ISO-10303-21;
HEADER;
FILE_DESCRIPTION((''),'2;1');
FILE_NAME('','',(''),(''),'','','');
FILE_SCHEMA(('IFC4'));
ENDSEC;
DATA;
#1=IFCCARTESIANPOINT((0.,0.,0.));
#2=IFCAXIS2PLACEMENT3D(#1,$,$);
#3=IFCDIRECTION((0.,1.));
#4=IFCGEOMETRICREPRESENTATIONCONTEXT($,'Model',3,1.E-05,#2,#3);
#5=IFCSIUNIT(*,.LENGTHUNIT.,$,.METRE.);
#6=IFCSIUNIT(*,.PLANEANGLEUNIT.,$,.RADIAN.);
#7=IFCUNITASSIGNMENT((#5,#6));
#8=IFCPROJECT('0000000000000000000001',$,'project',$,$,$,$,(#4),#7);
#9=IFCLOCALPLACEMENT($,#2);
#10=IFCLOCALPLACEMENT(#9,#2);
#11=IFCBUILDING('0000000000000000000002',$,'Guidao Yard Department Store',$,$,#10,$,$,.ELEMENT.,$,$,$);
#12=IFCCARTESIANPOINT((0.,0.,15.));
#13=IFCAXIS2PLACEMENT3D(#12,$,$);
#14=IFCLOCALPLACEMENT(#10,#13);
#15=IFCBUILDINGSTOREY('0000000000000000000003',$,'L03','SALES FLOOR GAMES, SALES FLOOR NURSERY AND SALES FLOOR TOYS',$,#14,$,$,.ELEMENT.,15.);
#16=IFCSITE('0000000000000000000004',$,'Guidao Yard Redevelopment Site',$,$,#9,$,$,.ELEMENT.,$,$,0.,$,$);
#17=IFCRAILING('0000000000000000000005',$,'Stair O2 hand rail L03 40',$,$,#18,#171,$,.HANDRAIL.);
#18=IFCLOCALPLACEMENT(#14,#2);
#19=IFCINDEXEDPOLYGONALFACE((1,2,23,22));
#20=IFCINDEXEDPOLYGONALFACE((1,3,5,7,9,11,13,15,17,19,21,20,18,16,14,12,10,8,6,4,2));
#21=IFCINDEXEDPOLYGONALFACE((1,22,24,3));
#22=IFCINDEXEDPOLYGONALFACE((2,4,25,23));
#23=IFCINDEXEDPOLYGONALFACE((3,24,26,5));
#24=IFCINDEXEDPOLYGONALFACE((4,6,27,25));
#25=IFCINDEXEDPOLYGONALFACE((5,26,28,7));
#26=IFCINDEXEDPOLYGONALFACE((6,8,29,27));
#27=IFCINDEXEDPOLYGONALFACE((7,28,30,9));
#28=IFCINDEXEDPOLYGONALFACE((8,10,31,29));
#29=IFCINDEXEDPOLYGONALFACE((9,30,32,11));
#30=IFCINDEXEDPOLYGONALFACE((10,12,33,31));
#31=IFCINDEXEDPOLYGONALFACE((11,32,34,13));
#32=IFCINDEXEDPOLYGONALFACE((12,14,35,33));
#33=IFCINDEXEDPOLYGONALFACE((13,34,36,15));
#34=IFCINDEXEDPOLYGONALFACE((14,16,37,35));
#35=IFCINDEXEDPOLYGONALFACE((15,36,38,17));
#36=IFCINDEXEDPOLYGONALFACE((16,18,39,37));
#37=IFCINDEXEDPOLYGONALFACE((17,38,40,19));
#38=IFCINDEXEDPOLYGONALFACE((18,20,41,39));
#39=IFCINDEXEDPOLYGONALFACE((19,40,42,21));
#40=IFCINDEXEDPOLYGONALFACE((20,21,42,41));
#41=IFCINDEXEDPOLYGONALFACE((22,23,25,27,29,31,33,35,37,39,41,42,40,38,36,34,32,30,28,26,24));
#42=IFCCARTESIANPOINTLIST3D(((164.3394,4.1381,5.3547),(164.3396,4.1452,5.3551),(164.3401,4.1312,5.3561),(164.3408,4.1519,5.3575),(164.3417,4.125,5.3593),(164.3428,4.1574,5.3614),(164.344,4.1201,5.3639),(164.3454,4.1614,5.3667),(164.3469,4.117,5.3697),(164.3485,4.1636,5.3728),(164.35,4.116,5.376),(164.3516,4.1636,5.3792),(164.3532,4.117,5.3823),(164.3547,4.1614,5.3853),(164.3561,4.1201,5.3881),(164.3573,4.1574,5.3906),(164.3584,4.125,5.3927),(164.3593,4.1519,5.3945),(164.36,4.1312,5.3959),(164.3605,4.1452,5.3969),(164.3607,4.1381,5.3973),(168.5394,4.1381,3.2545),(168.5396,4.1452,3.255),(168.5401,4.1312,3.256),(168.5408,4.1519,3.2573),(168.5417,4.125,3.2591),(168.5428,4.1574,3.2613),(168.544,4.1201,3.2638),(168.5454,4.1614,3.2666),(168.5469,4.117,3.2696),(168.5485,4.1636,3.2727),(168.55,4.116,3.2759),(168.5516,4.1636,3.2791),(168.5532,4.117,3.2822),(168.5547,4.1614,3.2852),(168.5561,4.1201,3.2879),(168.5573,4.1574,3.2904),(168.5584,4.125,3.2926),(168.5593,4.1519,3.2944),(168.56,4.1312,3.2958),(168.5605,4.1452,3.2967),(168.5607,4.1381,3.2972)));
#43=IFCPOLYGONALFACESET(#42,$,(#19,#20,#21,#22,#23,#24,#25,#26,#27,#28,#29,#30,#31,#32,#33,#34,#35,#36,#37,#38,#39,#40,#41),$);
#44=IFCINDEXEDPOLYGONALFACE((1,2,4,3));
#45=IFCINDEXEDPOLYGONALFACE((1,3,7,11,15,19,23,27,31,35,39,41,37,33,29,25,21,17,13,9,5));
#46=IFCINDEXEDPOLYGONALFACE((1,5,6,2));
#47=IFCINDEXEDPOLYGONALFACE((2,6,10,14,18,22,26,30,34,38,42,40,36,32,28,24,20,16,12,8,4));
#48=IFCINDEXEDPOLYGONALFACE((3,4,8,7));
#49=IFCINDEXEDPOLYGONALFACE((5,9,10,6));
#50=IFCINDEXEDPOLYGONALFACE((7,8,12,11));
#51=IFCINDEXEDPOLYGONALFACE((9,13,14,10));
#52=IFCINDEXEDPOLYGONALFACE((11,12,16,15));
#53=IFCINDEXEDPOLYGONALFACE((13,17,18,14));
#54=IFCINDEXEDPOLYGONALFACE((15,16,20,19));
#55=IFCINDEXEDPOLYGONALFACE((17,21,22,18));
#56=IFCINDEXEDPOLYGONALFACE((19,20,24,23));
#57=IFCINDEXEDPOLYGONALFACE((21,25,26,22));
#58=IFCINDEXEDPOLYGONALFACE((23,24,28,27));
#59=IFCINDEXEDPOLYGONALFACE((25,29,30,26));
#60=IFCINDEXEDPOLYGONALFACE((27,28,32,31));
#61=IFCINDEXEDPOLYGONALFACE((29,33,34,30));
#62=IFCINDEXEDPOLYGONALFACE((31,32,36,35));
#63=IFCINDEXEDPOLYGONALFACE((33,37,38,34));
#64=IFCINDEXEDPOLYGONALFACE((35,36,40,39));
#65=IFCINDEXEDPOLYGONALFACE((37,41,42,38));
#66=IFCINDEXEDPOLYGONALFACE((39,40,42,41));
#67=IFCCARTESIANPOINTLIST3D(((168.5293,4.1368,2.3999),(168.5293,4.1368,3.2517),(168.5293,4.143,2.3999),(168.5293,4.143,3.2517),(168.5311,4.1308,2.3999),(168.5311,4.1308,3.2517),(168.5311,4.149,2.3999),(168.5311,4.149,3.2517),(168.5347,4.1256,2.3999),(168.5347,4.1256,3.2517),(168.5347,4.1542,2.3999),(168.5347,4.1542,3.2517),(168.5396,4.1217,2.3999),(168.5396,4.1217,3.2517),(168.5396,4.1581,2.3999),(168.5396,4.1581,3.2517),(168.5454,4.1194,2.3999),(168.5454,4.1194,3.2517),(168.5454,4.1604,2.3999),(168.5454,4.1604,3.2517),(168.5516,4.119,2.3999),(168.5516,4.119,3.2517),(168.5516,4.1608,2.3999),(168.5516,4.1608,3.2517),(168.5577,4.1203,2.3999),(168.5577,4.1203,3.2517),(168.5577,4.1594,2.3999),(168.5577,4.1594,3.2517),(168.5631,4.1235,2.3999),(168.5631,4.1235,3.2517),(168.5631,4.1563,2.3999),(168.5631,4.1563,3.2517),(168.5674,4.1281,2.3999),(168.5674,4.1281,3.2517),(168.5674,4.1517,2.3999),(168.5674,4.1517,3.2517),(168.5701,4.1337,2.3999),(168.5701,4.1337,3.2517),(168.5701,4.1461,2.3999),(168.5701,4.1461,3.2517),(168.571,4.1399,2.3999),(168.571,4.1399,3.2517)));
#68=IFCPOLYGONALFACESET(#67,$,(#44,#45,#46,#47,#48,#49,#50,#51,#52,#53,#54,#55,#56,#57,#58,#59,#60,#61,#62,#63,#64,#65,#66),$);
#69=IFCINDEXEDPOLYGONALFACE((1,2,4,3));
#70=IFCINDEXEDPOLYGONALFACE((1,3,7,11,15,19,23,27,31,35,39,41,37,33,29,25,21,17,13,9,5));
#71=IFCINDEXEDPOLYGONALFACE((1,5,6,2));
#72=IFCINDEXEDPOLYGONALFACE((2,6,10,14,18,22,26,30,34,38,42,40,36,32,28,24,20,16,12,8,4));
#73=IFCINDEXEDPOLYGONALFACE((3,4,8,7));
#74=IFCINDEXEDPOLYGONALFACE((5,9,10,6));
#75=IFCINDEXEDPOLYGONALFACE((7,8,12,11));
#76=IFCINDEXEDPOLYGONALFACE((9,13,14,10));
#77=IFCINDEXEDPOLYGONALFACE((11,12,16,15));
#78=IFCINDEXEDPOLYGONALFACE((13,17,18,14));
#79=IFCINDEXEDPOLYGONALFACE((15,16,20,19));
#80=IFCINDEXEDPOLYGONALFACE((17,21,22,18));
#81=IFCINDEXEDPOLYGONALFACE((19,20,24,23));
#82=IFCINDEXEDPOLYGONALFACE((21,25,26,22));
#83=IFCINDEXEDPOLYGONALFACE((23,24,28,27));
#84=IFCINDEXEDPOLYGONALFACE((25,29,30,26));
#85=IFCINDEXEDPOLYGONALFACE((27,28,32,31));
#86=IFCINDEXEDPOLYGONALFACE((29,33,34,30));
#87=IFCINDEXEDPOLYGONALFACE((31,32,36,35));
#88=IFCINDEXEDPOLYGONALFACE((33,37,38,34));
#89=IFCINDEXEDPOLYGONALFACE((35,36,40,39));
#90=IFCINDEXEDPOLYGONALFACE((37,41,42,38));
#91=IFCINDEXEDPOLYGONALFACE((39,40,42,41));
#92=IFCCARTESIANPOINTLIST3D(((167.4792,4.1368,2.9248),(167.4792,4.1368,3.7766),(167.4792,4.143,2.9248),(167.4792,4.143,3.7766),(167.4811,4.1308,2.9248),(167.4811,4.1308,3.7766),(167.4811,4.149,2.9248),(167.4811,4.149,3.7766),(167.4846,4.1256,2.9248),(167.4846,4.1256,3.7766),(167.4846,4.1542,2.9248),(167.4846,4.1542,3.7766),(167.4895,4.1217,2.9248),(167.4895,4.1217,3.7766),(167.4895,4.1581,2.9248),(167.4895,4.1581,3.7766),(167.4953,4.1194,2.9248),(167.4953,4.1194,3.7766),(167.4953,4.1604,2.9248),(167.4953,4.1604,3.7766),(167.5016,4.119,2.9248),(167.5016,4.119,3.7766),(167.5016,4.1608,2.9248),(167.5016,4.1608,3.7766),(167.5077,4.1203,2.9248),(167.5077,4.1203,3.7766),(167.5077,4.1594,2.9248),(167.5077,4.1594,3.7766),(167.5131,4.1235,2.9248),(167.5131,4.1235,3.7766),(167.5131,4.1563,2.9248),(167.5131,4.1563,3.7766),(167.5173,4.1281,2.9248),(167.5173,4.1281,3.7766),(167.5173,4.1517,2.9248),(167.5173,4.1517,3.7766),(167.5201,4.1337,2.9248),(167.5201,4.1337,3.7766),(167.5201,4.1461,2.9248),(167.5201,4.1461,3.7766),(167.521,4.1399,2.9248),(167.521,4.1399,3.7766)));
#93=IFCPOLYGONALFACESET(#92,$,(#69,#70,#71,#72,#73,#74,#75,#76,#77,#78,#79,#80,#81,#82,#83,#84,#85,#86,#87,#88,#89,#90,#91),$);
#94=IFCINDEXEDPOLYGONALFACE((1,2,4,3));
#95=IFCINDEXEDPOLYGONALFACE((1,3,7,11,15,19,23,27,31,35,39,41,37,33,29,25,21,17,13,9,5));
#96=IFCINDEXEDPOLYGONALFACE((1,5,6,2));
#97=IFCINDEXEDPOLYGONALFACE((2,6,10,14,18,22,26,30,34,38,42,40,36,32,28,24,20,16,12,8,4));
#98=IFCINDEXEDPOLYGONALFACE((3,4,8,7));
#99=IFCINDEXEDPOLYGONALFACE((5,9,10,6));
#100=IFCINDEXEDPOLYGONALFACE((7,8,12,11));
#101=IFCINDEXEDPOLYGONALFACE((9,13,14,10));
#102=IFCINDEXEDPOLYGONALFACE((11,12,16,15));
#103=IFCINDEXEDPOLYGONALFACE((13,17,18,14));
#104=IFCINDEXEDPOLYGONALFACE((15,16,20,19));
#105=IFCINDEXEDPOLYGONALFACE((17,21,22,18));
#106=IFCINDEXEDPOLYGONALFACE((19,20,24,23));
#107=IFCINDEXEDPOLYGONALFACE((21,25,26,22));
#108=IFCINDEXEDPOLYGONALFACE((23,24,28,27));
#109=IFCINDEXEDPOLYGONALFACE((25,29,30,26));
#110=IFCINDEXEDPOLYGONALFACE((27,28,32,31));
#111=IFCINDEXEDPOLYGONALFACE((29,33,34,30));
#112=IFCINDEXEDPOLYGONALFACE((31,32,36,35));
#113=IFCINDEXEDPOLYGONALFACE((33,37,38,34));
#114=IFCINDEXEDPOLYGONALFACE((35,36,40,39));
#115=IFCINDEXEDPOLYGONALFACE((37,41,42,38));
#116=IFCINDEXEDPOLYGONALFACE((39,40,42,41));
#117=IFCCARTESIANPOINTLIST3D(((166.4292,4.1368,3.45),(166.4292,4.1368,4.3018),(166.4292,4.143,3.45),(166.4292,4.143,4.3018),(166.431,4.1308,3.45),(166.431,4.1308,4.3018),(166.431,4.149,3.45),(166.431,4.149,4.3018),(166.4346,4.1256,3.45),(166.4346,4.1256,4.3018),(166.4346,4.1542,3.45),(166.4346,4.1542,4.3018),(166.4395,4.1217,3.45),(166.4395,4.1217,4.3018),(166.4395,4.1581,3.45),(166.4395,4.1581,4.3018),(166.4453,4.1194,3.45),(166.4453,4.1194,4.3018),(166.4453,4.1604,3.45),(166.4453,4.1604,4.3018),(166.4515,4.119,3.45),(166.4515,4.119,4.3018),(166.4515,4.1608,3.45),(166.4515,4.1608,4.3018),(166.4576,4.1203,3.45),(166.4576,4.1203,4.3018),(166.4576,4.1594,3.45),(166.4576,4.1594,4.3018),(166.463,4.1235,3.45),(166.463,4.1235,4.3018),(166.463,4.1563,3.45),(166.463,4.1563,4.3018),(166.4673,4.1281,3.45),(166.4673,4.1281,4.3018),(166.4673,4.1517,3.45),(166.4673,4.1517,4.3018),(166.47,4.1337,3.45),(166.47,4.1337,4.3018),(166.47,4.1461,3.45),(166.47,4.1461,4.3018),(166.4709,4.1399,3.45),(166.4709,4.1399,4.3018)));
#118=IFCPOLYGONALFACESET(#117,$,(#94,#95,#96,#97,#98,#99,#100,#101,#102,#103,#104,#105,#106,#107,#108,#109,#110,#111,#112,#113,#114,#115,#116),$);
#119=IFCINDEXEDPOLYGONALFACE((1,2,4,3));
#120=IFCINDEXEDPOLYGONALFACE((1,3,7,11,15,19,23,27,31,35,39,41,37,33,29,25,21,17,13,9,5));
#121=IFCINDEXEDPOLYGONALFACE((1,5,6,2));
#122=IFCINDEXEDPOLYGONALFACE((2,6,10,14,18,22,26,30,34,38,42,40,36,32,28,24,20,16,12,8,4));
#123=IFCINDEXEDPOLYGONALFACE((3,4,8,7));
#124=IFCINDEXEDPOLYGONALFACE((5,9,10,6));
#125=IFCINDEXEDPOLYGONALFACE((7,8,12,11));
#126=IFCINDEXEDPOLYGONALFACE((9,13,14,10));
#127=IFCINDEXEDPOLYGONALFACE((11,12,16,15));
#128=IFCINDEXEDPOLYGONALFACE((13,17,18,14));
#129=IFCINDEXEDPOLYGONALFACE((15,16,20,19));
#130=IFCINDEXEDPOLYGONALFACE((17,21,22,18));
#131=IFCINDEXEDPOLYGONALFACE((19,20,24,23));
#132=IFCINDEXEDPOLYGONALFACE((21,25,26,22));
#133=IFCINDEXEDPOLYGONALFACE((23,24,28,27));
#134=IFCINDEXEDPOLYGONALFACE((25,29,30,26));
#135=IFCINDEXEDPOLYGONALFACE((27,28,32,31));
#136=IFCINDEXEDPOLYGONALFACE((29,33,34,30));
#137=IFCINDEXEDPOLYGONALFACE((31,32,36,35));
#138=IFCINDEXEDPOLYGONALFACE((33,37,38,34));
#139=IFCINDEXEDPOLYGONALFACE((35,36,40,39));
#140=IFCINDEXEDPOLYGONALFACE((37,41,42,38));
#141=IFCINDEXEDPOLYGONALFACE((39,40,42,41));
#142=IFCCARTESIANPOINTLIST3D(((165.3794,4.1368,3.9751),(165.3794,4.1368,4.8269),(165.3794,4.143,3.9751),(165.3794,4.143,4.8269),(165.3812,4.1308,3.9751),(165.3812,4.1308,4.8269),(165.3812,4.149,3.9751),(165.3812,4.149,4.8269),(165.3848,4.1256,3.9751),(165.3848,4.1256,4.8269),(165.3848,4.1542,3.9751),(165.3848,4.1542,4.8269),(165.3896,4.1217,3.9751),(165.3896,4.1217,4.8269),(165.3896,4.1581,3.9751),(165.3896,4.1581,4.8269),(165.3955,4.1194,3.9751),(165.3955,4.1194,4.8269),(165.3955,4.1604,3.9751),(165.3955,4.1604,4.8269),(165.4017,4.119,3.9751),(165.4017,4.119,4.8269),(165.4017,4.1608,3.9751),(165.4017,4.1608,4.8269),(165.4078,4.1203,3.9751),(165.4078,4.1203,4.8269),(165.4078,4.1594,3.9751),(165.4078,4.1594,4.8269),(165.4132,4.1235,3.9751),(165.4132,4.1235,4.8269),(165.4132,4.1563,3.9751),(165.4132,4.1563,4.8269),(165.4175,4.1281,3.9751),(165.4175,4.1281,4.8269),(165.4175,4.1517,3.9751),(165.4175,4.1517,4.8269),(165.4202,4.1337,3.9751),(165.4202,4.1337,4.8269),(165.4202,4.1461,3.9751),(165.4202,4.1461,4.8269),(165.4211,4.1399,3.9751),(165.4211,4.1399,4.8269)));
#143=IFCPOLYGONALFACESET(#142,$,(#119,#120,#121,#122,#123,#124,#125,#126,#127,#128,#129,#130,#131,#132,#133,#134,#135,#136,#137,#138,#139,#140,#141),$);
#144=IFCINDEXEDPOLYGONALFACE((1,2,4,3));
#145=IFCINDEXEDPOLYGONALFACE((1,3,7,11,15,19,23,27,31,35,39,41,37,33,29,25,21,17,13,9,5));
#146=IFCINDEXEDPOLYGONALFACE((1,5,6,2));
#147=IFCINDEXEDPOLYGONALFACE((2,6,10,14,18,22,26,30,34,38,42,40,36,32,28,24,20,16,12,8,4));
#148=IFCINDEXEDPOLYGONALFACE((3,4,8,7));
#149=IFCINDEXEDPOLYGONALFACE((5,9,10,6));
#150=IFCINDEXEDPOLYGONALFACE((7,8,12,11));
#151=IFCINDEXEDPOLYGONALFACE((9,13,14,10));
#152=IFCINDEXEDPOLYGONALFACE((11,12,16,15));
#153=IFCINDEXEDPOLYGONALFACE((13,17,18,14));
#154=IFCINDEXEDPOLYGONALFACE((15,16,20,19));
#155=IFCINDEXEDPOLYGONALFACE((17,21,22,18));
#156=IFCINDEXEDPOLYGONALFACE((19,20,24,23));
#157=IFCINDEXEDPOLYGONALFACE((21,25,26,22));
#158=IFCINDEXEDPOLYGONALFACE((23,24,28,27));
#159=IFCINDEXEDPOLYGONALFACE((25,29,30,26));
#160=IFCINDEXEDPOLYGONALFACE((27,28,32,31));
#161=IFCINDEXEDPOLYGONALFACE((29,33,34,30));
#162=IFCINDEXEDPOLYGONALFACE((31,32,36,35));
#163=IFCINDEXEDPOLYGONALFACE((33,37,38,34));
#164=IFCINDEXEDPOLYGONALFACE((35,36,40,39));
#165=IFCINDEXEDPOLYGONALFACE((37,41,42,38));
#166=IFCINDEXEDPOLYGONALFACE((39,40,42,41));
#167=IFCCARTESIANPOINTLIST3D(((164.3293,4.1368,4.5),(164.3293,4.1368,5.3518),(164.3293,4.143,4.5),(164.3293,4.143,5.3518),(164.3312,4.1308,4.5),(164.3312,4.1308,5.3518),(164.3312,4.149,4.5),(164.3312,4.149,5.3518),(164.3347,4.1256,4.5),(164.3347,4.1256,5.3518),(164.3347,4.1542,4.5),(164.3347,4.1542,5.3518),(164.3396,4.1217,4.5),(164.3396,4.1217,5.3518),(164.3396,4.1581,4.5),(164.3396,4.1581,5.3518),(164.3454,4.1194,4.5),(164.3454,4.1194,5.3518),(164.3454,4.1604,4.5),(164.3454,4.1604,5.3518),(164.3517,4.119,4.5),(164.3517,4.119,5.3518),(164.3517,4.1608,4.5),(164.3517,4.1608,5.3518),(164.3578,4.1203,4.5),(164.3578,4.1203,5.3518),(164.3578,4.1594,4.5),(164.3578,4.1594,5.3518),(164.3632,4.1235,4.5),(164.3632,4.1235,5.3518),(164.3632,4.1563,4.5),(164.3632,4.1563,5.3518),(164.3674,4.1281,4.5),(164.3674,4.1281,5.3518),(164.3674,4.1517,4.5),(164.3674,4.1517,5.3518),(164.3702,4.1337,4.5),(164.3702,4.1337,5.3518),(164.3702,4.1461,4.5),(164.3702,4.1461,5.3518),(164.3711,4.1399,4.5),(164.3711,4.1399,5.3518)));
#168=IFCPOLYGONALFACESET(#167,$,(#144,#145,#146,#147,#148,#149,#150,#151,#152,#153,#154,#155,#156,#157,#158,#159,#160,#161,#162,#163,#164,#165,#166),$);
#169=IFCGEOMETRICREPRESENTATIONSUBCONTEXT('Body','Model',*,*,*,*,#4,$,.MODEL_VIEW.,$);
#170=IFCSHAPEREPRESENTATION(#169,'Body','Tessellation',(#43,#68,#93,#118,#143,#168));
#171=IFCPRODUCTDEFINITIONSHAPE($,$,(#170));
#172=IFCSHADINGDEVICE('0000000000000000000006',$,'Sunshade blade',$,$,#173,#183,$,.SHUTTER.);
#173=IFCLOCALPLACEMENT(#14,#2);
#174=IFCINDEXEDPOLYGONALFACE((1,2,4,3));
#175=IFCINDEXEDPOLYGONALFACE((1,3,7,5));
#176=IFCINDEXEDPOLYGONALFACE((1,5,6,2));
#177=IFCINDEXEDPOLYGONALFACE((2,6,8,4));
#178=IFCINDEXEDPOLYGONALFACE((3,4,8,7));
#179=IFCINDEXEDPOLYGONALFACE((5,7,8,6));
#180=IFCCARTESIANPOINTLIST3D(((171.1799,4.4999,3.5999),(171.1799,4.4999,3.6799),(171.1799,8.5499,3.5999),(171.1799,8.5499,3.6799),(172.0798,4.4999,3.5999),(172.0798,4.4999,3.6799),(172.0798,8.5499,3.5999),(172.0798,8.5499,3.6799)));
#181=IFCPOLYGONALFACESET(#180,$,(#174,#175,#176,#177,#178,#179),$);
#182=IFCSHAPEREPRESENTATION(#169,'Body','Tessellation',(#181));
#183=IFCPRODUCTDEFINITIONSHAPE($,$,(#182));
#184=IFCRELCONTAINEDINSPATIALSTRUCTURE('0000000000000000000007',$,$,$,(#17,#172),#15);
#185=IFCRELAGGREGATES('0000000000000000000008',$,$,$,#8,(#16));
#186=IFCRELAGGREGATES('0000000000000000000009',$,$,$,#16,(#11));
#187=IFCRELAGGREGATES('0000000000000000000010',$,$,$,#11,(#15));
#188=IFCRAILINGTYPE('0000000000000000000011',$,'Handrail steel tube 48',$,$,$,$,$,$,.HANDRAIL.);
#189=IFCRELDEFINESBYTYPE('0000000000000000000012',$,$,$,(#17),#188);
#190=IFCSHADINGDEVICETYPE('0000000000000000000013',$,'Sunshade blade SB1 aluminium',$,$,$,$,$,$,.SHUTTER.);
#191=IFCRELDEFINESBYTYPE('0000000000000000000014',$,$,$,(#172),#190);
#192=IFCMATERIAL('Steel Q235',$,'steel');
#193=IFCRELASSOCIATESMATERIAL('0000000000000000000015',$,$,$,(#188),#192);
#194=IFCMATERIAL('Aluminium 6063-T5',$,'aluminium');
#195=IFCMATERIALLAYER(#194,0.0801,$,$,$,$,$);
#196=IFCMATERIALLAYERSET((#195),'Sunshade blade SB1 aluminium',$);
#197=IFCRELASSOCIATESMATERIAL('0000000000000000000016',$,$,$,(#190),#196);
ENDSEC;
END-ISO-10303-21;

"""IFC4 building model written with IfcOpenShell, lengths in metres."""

from ifc_helpers import new_model, si_unit, direction, frame, origin, origin_2d, place, context, subcontext, project, spatial, rectangle, circle, extrude, material, layer, layer_set, type_object, element, save


model = new_model("IFC4")

# Units and contexts
model_context = context("Model", 3, precision=1e-05, world=origin(), true_north=direction((0.0, 1.0)))
body_context = subcontext(model_context, "Body", "Model", "MODEL_VIEW")
ifc_project = project(units=[si_unit("LENGTHUNIT", "METRE"), si_unit("PLANEANGLEUNIT", "RADIAN")], contexts=[model_context])

# Site, building, storey
site_placement = place(None, origin())
site = spatial("IfcSite", under=ifc_project, at=site_placement, Name="Guidao Yard Redevelopment Site", CompositionType="ELEMENT", RefElevation=0.0)
building_placement = place(site_placement, origin())
building = spatial("IfcBuilding", under=site, at=building_placement, Name="Guidao Yard Department Store", CompositionType="ELEMENT")
storey_placement = place(building_placement, frame((0.0, 0.0, 15.0)))
storey = spatial("IfcBuildingStorey", under=building, at=storey_placement, Name="L03", Description="SALES FLOOR GAMES, SALES FLOOR NURSERY AND SALES FLOOR TOYS", CompositionType="ELEMENT", Elevation=15.0)

# Railing
ifc_material_1 = material(Name="Steel Q235", Category="steel")
railing_type_1 = type_object("IfcRailingType", Name="Handrail steel tube 48", PredefinedType="HANDRAIL", material=ifc_material_1)
for number, where, name in (
    (1, (168.55, 4.1399, 2.3999), "Stair O2 hand rail L03 40"),
):
    element("IfcRailing", number, at=place(storey_placement, frame(where)), inside=storey, type_object=railing_type_1, Name=name, PredefinedType="HANDRAIL", context=body_context, shape_type="SweptSolid", body=[
        extrude(circle(Radius=0.0239, at=origin_2d()), frame((0.0, 0.0, 0.876), z_axis=(-0.894417, 0.0, 0.447234), x_axis=(0.0, -1.0, 0.0)), (0.0, 0.0, 1.0), 4.6958),
        extrude(circle(Radius=0.021, at=origin_2d()), origin(), (0.0, 0.0, 1.0), 0.8518),
        extrude(circle(Radius=0.021, at=origin_2d()), frame((-1.05, 0.0, 0.5249)), (0.0, 0.0, 1.0), 0.8518),
        extrude(circle(Radius=0.021, at=origin_2d()), frame((-2.1001, 0.0, 1.05)), (0.0, 0.0, 1.0), 0.8518),
        extrude(circle(Radius=0.021, at=origin_2d()), frame((-3.1499, 0.0, 1.5752)), (0.0, 0.0, 1.0), 0.8518),
        extrude(circle(Radius=0.021, at=origin_2d()), frame((-4.2, 0.0, 2.1001)), (0.0, 0.0, 1.0), 0.8518),
    ])

# Shading device
ifc_material_2 = material(Name="Aluminium 6063-T5", Category="aluminium")
ifc_layer_1 = layer(ifc_material_2, 0.0801)
ifc_layer_set_1 = layer_set([ifc_layer_1], Name="Sunshade blade SB1 aluminium")
shading_device_type = type_object("IfcShadingDeviceType", Name="Sunshade blade SB1 aluminium", PredefinedType="SHUTTER", material=ifc_layer_set_1)
shading_device_placement = place(storey_placement, frame((171.6299, 6.5249, 3.5999), z_axis=(0.0, 0.0, 1.0), x_axis=(0.0, -1.0, 0.0)))
element("IfcShadingDevice", 2, at=shading_device_placement, inside=storey, type_object=shading_device_type, Name="Sunshade blade", PredefinedType="SHUTTER", context=body_context, shape_type="SweptSolid", body=[
    extrude(rectangle(XDim=4.05, YDim=0.8999, at=origin_2d()), origin(), (0.0, 0.0, 1.0), 0.0801),
])

save(model, "model.ifc")
